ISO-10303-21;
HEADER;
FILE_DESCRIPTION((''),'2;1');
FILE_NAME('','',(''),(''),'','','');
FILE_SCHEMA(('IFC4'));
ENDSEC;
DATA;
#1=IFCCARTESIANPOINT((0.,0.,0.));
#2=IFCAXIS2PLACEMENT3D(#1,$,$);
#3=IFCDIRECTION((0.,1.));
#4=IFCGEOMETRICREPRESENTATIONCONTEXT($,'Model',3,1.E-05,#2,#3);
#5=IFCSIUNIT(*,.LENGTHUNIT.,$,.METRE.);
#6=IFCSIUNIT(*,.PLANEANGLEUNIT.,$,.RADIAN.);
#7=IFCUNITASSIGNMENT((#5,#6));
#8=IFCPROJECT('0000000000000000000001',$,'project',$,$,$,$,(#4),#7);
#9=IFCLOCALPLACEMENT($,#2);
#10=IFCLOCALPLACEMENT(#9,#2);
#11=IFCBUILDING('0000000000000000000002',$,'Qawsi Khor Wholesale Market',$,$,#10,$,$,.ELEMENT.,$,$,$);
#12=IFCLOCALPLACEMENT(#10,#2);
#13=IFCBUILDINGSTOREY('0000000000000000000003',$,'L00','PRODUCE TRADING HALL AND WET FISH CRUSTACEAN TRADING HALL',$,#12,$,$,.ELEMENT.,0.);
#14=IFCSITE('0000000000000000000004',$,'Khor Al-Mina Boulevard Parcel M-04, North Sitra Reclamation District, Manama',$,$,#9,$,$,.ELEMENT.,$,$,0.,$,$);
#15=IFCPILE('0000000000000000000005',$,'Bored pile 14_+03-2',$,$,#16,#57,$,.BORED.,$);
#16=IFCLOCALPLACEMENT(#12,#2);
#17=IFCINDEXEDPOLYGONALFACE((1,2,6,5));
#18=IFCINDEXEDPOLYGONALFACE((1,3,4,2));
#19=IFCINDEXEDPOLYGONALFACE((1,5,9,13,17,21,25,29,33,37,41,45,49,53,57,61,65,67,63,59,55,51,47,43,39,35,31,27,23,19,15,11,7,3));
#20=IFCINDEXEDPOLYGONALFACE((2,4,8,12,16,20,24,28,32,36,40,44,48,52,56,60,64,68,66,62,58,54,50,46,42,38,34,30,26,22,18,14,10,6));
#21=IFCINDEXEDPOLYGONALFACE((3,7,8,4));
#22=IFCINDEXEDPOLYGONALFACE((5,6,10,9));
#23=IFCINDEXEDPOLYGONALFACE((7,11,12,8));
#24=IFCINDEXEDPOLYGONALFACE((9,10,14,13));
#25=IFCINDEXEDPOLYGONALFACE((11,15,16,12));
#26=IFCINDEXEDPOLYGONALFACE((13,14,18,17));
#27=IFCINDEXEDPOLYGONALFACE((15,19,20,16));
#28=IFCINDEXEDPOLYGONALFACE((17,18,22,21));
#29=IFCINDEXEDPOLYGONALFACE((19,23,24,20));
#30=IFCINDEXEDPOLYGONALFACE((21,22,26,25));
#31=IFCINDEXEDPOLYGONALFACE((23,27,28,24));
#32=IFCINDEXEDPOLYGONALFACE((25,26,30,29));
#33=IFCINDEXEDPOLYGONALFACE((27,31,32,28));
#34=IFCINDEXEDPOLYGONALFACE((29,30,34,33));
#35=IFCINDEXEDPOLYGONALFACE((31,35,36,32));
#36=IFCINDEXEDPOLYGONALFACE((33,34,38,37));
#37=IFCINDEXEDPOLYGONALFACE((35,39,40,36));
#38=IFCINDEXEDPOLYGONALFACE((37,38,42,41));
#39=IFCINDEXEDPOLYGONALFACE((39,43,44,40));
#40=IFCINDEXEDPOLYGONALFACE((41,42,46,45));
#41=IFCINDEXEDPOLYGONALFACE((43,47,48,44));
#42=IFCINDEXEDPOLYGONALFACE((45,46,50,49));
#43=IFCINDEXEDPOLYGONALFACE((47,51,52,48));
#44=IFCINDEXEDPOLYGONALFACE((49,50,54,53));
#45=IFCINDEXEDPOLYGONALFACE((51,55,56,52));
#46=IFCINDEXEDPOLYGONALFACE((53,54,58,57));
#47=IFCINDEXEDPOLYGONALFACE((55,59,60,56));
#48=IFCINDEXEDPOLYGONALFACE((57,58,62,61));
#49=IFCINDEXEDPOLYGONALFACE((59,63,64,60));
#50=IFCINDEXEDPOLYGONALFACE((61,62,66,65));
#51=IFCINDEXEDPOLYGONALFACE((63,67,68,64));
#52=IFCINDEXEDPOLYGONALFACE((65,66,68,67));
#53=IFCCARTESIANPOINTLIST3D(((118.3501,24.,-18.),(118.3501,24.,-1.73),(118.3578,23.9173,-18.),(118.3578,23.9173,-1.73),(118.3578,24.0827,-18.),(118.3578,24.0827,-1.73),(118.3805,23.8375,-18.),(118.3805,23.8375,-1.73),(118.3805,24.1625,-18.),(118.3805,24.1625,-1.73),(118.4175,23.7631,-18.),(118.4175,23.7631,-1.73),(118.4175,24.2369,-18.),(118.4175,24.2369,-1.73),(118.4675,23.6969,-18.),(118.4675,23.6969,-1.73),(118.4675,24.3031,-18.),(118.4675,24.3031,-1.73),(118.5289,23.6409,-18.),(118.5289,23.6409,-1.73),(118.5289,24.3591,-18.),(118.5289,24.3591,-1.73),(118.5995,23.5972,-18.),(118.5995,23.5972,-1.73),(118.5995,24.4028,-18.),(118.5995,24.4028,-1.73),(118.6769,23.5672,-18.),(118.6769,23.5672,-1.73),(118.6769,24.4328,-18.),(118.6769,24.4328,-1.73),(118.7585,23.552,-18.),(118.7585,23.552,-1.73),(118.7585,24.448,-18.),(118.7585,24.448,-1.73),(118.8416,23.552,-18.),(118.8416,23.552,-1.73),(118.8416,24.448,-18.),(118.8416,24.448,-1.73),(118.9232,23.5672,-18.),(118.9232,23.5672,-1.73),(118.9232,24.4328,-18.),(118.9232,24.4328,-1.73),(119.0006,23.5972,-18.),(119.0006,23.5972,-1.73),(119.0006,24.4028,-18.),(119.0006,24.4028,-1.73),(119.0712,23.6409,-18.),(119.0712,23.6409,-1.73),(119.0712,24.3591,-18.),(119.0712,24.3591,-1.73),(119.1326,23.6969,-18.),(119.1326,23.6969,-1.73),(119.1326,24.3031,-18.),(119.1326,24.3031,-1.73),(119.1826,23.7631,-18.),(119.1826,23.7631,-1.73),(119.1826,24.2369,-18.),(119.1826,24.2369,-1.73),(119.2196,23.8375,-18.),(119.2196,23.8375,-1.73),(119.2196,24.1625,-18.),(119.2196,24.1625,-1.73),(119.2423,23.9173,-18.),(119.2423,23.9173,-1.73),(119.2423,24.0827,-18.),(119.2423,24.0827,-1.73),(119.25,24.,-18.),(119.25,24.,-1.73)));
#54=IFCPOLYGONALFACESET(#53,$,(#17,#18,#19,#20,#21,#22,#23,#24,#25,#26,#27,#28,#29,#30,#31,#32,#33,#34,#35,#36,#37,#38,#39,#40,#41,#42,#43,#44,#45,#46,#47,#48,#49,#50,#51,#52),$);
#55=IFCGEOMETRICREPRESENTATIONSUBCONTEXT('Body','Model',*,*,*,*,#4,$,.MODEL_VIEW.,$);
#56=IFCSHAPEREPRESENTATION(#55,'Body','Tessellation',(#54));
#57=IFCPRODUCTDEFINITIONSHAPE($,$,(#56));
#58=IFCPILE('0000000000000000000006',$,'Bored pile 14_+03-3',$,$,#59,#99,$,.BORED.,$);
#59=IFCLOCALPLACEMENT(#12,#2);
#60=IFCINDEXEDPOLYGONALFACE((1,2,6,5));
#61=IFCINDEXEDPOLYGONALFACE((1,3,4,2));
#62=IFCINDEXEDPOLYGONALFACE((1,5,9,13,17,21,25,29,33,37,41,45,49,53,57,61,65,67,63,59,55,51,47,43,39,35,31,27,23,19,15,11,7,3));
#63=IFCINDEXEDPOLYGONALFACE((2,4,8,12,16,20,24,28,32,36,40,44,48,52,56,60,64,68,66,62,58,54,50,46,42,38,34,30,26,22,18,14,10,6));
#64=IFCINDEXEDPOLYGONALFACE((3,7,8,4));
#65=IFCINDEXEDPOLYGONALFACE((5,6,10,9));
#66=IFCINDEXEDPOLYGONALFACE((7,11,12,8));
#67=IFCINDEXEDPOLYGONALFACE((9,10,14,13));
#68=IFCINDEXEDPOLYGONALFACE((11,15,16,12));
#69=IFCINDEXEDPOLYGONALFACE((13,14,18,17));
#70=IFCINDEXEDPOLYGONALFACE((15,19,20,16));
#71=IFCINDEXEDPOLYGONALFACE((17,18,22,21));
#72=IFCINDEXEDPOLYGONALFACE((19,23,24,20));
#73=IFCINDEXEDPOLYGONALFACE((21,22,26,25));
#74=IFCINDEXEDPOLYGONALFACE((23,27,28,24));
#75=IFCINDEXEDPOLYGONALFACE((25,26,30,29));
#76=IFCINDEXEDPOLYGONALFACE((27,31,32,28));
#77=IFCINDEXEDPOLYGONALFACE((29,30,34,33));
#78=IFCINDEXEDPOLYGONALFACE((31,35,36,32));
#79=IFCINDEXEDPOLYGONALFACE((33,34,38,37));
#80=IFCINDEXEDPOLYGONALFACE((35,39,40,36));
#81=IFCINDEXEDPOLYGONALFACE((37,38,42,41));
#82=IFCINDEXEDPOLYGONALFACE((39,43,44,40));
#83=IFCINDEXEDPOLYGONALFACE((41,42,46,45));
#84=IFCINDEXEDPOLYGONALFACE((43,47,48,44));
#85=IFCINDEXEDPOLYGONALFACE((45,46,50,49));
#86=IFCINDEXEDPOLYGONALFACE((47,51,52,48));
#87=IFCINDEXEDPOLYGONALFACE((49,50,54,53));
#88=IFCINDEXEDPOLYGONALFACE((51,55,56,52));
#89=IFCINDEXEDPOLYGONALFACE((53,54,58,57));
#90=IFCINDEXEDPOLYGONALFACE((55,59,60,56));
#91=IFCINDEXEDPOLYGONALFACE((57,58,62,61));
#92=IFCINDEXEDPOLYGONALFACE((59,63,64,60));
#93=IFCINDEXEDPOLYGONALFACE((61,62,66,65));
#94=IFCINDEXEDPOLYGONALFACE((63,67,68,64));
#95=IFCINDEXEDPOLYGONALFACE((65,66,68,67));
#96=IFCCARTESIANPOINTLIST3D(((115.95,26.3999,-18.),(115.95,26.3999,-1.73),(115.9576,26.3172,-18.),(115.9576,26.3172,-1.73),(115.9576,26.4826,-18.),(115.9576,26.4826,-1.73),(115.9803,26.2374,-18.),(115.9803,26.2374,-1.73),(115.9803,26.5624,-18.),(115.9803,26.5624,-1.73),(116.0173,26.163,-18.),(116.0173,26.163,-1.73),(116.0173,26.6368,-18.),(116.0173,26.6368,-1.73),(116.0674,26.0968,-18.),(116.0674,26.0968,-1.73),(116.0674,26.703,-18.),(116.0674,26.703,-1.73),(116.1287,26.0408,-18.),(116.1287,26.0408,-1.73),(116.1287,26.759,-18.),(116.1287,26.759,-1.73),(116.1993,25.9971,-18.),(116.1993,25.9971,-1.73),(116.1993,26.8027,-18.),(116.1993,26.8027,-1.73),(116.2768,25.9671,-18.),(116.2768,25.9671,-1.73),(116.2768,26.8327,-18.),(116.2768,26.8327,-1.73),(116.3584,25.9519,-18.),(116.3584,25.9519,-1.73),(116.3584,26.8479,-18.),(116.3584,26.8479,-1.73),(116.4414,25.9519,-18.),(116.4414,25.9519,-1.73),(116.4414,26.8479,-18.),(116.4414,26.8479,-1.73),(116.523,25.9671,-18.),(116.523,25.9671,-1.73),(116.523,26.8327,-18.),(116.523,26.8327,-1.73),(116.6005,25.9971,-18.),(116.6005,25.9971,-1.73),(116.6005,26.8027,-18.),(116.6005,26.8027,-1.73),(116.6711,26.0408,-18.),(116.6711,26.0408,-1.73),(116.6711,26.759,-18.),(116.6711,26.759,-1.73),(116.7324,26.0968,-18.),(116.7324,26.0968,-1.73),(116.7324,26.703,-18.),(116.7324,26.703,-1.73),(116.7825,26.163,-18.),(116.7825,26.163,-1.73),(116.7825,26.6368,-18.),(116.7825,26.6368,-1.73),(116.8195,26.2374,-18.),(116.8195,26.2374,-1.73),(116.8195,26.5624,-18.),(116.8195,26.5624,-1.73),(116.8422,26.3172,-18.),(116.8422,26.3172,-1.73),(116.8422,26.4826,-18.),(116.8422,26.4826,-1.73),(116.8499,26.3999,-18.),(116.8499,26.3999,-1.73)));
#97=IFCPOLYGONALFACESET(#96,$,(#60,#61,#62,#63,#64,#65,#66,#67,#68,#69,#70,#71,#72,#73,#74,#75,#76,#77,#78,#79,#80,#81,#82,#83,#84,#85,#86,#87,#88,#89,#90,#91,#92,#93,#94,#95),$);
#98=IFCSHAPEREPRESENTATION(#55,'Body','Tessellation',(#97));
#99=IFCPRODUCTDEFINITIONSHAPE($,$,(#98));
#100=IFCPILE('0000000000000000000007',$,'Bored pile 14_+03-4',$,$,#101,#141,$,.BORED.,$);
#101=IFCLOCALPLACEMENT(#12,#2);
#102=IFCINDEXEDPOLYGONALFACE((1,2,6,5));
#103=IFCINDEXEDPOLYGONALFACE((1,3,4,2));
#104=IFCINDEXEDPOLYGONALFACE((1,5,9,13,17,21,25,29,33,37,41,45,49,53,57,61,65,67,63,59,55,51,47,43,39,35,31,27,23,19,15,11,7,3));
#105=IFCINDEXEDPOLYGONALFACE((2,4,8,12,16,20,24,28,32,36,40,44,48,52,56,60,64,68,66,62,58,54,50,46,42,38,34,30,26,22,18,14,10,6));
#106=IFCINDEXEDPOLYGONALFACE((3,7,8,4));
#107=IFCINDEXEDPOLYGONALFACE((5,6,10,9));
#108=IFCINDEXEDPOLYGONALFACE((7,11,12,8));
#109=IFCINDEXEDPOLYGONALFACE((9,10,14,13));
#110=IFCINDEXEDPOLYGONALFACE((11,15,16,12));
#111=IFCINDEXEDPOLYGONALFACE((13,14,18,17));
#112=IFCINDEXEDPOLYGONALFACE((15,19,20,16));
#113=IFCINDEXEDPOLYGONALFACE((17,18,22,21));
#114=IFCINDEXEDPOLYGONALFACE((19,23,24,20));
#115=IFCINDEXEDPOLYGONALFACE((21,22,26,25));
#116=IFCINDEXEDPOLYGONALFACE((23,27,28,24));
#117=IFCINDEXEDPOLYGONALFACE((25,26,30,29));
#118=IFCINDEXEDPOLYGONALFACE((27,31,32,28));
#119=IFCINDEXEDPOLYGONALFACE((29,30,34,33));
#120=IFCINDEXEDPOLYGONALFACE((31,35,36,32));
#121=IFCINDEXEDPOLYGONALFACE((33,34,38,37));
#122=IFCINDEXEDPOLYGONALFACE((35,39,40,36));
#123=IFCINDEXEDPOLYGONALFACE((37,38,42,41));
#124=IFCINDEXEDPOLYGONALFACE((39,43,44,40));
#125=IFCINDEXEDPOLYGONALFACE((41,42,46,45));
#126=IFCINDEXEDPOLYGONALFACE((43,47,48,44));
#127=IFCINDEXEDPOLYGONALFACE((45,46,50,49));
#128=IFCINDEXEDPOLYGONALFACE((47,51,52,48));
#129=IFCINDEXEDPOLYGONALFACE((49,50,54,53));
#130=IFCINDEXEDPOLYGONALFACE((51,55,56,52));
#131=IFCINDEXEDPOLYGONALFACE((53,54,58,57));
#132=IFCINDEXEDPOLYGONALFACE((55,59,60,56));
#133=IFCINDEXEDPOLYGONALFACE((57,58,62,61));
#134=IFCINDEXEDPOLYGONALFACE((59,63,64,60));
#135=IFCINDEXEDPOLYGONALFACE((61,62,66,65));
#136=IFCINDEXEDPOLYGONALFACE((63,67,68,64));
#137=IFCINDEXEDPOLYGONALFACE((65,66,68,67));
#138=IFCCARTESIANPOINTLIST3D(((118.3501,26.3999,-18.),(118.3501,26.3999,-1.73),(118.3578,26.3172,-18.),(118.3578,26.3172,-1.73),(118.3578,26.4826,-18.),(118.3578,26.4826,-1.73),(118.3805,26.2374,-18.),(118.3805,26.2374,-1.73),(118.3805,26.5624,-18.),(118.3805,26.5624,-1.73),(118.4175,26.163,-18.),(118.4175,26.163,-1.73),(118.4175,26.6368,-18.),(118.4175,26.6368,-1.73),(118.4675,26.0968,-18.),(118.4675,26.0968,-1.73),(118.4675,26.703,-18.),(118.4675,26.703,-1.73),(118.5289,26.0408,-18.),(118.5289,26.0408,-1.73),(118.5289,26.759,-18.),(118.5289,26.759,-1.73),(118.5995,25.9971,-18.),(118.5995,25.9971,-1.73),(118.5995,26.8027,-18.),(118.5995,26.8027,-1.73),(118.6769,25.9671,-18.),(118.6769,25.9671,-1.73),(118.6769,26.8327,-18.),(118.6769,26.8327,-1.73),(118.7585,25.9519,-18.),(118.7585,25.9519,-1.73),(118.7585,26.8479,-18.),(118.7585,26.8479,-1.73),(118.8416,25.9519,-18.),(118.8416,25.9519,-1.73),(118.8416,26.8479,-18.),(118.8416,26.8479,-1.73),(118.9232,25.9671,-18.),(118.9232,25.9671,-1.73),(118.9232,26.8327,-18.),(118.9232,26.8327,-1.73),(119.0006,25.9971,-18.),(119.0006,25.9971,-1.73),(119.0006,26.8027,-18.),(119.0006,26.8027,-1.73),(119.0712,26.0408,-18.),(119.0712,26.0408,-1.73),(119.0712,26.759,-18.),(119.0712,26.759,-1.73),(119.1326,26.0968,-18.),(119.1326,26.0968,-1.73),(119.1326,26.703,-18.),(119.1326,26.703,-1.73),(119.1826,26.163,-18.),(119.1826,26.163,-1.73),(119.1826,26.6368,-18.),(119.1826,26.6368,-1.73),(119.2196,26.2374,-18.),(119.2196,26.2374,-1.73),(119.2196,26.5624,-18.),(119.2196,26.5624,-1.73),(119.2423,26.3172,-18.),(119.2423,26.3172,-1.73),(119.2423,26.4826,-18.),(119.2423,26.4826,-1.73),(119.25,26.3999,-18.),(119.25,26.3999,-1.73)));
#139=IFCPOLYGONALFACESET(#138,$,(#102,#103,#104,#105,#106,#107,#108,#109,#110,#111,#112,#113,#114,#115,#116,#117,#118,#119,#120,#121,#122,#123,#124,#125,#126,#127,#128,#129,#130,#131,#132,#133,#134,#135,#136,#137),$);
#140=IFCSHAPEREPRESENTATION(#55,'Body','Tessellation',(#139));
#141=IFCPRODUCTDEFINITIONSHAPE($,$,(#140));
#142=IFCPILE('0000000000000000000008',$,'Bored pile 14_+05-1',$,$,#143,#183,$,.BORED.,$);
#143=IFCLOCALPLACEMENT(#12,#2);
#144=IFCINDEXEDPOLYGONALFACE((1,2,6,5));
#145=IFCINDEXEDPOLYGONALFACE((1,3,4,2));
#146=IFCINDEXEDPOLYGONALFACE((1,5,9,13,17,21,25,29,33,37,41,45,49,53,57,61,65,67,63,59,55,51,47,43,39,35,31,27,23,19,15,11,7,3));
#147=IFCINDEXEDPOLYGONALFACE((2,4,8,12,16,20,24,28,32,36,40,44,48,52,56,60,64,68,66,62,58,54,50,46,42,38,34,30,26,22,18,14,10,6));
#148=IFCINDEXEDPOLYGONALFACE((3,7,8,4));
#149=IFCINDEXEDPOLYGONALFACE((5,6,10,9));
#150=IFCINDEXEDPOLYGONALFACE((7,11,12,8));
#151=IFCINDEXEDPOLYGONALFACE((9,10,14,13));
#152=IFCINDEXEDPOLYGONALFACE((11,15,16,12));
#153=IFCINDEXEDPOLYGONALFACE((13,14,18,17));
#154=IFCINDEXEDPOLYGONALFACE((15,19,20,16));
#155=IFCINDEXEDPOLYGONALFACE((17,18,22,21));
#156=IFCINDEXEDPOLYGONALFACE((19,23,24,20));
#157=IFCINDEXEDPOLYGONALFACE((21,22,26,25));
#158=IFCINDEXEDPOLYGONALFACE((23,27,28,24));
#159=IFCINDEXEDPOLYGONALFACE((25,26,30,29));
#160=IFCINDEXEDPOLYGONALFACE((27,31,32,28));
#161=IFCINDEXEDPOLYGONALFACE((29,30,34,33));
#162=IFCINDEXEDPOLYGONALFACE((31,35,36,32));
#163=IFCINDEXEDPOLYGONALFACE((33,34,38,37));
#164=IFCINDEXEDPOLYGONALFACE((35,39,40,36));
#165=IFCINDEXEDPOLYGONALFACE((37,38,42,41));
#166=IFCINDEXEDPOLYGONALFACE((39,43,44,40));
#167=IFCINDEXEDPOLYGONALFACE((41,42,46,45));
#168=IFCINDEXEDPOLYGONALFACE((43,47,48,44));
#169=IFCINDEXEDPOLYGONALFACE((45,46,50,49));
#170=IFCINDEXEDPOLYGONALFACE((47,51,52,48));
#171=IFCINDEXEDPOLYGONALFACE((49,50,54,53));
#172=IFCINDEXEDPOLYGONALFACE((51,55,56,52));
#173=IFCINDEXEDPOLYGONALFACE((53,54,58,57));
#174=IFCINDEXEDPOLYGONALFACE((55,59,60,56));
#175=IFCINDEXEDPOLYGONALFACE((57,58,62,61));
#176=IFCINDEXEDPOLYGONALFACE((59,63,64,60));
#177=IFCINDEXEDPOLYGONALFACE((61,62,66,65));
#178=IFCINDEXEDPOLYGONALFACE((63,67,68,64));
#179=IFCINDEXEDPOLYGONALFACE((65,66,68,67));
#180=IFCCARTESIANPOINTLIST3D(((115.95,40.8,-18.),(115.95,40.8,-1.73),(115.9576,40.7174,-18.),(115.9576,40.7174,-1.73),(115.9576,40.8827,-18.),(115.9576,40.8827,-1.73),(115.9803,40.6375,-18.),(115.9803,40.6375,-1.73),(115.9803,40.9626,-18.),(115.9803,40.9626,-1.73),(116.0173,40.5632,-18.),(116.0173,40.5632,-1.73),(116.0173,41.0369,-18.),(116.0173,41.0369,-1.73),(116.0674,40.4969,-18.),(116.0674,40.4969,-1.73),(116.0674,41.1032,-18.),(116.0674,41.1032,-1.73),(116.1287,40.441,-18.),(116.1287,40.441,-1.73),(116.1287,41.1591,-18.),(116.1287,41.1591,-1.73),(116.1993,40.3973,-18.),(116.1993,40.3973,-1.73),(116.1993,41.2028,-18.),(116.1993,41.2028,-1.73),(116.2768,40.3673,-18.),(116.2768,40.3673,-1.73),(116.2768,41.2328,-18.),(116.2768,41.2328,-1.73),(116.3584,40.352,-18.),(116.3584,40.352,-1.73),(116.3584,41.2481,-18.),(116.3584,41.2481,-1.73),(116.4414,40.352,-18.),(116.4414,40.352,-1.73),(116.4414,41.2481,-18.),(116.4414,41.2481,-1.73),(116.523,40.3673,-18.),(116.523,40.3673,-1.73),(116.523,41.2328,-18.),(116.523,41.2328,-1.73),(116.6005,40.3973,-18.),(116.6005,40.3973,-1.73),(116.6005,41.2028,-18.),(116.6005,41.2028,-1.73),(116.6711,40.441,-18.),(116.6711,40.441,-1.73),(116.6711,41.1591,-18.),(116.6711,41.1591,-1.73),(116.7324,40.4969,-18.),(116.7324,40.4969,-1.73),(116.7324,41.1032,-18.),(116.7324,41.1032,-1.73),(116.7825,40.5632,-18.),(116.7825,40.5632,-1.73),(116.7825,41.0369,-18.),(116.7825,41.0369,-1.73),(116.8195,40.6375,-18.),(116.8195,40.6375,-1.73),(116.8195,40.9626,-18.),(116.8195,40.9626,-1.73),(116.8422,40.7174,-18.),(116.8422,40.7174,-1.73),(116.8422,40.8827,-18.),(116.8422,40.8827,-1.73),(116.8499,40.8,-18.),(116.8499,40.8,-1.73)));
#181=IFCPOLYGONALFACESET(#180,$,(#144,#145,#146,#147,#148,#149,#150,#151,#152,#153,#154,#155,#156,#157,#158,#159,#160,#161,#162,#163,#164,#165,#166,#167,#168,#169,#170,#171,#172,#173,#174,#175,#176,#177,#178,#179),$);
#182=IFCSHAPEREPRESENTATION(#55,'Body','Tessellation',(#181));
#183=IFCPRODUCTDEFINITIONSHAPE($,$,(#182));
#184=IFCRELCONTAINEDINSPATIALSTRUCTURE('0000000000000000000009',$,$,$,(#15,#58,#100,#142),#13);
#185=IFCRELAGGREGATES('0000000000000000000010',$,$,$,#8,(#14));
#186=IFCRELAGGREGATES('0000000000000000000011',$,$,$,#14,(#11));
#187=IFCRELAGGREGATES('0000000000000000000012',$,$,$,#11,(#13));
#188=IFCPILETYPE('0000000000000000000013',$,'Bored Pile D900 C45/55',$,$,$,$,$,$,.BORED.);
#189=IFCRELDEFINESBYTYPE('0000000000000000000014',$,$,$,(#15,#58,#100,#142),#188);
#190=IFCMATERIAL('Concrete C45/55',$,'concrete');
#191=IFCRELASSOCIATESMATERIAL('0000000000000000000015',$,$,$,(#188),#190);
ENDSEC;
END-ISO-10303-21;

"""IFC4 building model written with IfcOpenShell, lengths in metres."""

from ifc_helpers import new_model, si_unit, direction, frame, origin, origin_2d, place, context, subcontext, project, spatial, circle, extrude, material, material_profile, profile_set, type_object, element, save


model = new_model("IFC4")

# Units and contexts
model_context = context("Model", 3, precision=1e-05, world=origin(), true_north=direction((0.0, 1.0)))
body_context = subcontext(model_context, "Body", "Model", "MODEL_VIEW")
ifc_project = project(units=[si_unit("LENGTHUNIT", "METRE"), si_unit("PLANEANGLEUNIT", "RADIAN")], contexts=[model_context])

# Site, building, storey
site_placement = place(None, origin())
site = spatial("IfcSite", under=ifc_project, at=site_placement, Name="Khor Al-Mina Boulevard Parcel M-04, North Sitra Reclamation District, Manama", CompositionType="ELEMENT", RefElevation=0.0)
building_placement = place(site_placement, origin())
building = spatial("IfcBuilding", under=site, at=building_placement, Name="Qawsi Khor Wholesale Market", CompositionType="ELEMENT")
storey_placement = place(building_placement, origin())
storey = spatial("IfcBuildingStorey", under=building, at=storey_placement, Name="L00", Description="PRODUCE TRADING HALL AND WET FISH CRUSTACEAN TRADING HALL", CompositionType="ELEMENT", Elevation=0.0)

# Piles
ifc_material_1 = material(Name="Concrete C45/55", Category="concrete")
ifc_material_profile_1 = material_profile(ifc_material_1, circle(Radius=0.45, at=origin_2d()), Name="PILE D900")
ifc_profile_set_1 = profile_set([ifc_material_profile_1], Name="Concrete C45/55")
pile_type = type_object("IfcPileType", Name="Bored Pile D900 C45/55", PredefinedType="BORED", material=ifc_profile_set_1)
for number, where, z_axis, x_axis, name in (
    (1, (118.8, 24.0, -1.73), (0.0, 0.0, -1.0), (1.0, 0.0, 0.0), "Bored pile 14_+03-2"),
    (2, (116.3999, 26.3999, -1.73), (0.0, 0.0, -1.0), (1.0, 0.0, 0.0), "Bored pile 14_+03-3"),
    (3, (118.8, 26.3999, -1.73), (0.0, 0.0, -1.0), (1.0, 0.0, 0.0), "Bored pile 14_+03-4"),
    (4, (116.3999, 40.8, -1.73), (0.0, 0.0, -1.0), (1.0, 0.0, 0.0), "Bored pile 14_+05-1"),
):
    element("IfcPile", number, at=place(storey_placement, frame(where, z_axis=z_axis, x_axis=x_axis)), inside=storey, type_object=pile_type, Name=name, PredefinedType="BORED", context=body_context, shape_type="SweptSolid", body=[
        extrude(circle(Radius=0.45, at=origin_2d()), origin(), (0.0, 0.0, 1.0), 16.27),
    ])

save(model, "model.ifc")
